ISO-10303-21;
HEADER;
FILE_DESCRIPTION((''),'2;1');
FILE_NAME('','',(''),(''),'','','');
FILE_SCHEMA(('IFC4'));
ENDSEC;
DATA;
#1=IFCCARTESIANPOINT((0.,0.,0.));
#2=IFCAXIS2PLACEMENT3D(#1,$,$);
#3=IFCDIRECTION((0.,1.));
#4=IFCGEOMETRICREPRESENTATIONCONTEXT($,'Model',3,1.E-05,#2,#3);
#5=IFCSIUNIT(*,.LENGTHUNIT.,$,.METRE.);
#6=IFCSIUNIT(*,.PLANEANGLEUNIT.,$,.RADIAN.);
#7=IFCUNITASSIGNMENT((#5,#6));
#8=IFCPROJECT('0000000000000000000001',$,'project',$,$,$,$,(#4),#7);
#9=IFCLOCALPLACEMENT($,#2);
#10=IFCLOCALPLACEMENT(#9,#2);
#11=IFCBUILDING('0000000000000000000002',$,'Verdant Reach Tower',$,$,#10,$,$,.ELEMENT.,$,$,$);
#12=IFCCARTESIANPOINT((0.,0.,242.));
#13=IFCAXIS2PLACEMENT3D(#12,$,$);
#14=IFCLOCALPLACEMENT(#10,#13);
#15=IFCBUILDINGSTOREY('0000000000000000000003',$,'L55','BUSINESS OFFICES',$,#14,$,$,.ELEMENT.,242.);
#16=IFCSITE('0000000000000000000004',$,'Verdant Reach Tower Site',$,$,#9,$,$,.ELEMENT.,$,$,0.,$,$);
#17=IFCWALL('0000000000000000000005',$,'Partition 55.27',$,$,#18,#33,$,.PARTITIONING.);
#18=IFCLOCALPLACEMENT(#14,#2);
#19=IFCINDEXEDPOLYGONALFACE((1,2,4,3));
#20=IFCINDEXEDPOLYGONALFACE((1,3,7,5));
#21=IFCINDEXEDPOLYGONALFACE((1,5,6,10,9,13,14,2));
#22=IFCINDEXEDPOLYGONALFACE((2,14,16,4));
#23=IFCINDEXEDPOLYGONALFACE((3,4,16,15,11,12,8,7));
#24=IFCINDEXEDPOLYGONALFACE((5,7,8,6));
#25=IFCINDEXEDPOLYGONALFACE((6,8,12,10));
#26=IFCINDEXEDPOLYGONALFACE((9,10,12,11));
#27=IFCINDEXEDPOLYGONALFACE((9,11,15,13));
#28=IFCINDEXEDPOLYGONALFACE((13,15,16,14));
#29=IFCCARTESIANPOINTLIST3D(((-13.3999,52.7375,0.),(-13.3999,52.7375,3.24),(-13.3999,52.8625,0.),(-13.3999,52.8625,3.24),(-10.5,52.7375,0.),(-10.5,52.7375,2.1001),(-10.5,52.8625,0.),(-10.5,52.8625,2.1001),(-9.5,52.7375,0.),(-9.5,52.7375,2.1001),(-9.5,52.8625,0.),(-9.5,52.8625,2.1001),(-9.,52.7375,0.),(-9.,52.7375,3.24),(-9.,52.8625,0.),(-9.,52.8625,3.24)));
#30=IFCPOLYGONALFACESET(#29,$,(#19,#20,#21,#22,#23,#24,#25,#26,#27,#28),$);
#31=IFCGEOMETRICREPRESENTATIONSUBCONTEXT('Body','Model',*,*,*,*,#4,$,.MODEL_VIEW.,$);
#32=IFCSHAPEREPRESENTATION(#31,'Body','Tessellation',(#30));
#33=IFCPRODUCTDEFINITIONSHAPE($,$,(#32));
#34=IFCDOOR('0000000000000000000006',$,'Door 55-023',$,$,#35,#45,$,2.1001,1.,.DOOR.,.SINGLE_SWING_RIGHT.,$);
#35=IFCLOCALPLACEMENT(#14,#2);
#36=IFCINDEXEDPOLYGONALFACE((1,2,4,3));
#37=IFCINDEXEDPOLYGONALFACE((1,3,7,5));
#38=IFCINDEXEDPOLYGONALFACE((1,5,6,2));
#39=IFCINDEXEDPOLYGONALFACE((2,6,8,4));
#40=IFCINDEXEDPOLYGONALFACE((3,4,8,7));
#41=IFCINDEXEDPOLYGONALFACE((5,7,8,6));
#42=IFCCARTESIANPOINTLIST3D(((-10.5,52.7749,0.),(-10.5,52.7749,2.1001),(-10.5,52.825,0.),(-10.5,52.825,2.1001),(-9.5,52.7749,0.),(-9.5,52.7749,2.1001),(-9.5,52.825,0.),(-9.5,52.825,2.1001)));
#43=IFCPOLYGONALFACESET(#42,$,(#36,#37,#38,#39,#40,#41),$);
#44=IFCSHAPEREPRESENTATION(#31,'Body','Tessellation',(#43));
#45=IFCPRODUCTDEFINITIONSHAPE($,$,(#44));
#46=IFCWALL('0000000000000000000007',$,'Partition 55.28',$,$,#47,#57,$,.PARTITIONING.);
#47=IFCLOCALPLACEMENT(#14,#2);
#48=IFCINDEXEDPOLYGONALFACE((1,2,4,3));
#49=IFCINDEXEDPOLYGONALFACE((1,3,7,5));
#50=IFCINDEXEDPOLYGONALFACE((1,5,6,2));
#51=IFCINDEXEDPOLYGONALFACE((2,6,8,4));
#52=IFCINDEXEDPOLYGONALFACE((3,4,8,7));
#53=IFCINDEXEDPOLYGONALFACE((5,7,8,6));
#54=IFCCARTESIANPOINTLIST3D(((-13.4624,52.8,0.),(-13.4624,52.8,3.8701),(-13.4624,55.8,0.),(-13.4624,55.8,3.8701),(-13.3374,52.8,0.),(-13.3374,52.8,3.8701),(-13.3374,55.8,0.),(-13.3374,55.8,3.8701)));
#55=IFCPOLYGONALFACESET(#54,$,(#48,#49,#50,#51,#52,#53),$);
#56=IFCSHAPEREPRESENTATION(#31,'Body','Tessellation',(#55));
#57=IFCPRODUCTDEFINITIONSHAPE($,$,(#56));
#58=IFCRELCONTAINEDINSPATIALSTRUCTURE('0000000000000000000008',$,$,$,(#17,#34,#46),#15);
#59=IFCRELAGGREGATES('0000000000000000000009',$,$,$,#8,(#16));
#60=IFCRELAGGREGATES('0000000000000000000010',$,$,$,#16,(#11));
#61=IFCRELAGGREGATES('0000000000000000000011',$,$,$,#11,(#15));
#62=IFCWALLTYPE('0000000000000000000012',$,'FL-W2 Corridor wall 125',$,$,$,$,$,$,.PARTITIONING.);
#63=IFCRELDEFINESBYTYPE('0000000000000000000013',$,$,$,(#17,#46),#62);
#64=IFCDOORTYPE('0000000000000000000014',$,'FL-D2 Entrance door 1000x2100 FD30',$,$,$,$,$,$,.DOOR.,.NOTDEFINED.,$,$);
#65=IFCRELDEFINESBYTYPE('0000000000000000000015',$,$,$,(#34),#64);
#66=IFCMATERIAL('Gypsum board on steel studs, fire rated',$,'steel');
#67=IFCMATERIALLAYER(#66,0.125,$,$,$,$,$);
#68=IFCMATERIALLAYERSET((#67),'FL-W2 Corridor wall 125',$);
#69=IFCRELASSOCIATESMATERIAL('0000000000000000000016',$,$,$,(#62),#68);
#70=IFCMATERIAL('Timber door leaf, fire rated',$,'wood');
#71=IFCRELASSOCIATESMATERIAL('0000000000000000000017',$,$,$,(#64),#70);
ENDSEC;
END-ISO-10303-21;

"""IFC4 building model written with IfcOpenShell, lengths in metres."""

from ifc_helpers import new_model, si_unit, direction, frame, frame_2d, origin, place, context, subcontext, project, spatial, rectangle, extrude, material, layer, layer_set, type_object, element, fill, save


model = new_model("IFC4")

# Units and contexts
model_context = context("Model", 3, precision=1e-05, world=origin(), true_north=direction((0.0, 1.0)))
body_context = subcontext(model_context, "Body", "Model", "MODEL_VIEW")
ifc_project = project(units=[si_unit("LENGTHUNIT", "METRE"), si_unit("PLANEANGLEUNIT", "RADIAN")], contexts=[model_context])

# Site, building, storey
site_placement = place(None, origin())
site = spatial("IfcSite", under=ifc_project, at=site_placement, Name="Verdant Reach Tower Site", CompositionType="ELEMENT", RefElevation=0.0)
building_placement = place(site_placement, origin())
building = spatial("IfcBuilding", under=site, at=building_placement, Name="Verdant Reach Tower", CompositionType="ELEMENT")
storey_placement = place(building_placement, frame((0.0, 0.0, 242.0)))
storey = spatial("IfcBuildingStorey", under=building, at=storey_placement, Name="L55", Description="BUSINESS OFFICES", CompositionType="ELEMENT", Elevation=242.0)

# Wall, opening, door
ifc_material_1 = material(Name="Gypsum board on steel studs, fire rated", Category="steel")
ifc_layer_1 = layer(ifc_material_1, 0.125)
ifc_layer_set_1 = layer_set([ifc_layer_1], Name="FL-W2 Corridor wall 125")
wall_type_1 = type_object("IfcWallType", Name="FL-W2 Corridor wall 125", PredefinedType="PARTITIONING", material=ifc_layer_set_1)
ifc_material_2 = material(Name="Timber door leaf, fire rated", Category="wood")
door_type = type_object("IfcDoorType", Name="FL-D2 Entrance door 1000x2100 FD30", OperationType="NOTDEFINED", PredefinedType="DOOR", material=ifc_material_2)
wall_1_placement = place(storey_placement, frame((-13.3999, 52.8, 0.0), z_axis=(0.0, 0.0, 1.0), x_axis=(1.0, 0.0, 0.0)))
wall_1 = element("IfcWall", 1, at=wall_1_placement, inside=storey, type_object=wall_type_1, Name="Partition 55.27", PredefinedType="PARTITIONING", context=body_context, shape_type="SweptSolid", body=[
    extrude(rectangle(XDim=4.3999, YDim=0.125, at=frame_2d((2.2, 0.0))), origin(), (0.0, 0.0, 1.0), 3.24),
])
opening_1_placement = place(wall_1_placement, frame((2.8999, 0.0, 0.0)))
opening_1 = element("IfcOpeningElement", 2, at=opening_1_placement, cuts=wall_1, PredefinedType="OPENING", context=body_context, shape_type="SweptSolid", body=[
    extrude(rectangle(XDim=1.0, YDim=2.1001, at=frame_2d((0.5, 1.05))), frame((0.0, 0.0725, 0.0), z_axis=(0.0, -1.0, 0.0), x_axis=(1.0, 0.0, 0.0)), (0.0, 0.0, 1.0), 0.145),
])
door_1_placement = place(opening_1_placement, origin())
door_1 = element("IfcDoor", 3, at=door_1_placement, inside=storey, type_object=door_type, Name="Door 55-023", OperationType="SINGLE_SWING_RIGHT", OverallHeight=2.1001, OverallWidth=1.0, PredefinedType="DOOR", context=body_context, shape_type="SweptSolid", body=[
    extrude(rectangle(XDim=1.0, YDim=2.1001, at=frame_2d((0.5, 1.05))), frame((0.0, 0.0249, 0.0), z_axis=(0.0, -1.0, 0.0), x_axis=(1.0, 0.0, 0.0)), (0.0, 0.0, 1.0), 0.05),
])
fill(opening_1, door_1)

# Wall
wall_2_placement = place(storey_placement, frame((-13.3999, 52.8, 0.0), z_axis=(0.0, 0.0, 1.0), x_axis=(0.0, 1.0, 0.0)))
element("IfcWall", 4, at=wall_2_placement, inside=storey, type_object=wall_type_1, Name="Partition 55.28", PredefinedType="PARTITIONING", context=body_context, shape_type="SweptSolid", body=[
    extrude(rectangle(XDim=3.0, YDim=0.125, at=frame_2d((1.5, 0.0))), origin(), (0.0, 0.0, 1.0), 3.8701),
])

save(model, "model.ifc")
